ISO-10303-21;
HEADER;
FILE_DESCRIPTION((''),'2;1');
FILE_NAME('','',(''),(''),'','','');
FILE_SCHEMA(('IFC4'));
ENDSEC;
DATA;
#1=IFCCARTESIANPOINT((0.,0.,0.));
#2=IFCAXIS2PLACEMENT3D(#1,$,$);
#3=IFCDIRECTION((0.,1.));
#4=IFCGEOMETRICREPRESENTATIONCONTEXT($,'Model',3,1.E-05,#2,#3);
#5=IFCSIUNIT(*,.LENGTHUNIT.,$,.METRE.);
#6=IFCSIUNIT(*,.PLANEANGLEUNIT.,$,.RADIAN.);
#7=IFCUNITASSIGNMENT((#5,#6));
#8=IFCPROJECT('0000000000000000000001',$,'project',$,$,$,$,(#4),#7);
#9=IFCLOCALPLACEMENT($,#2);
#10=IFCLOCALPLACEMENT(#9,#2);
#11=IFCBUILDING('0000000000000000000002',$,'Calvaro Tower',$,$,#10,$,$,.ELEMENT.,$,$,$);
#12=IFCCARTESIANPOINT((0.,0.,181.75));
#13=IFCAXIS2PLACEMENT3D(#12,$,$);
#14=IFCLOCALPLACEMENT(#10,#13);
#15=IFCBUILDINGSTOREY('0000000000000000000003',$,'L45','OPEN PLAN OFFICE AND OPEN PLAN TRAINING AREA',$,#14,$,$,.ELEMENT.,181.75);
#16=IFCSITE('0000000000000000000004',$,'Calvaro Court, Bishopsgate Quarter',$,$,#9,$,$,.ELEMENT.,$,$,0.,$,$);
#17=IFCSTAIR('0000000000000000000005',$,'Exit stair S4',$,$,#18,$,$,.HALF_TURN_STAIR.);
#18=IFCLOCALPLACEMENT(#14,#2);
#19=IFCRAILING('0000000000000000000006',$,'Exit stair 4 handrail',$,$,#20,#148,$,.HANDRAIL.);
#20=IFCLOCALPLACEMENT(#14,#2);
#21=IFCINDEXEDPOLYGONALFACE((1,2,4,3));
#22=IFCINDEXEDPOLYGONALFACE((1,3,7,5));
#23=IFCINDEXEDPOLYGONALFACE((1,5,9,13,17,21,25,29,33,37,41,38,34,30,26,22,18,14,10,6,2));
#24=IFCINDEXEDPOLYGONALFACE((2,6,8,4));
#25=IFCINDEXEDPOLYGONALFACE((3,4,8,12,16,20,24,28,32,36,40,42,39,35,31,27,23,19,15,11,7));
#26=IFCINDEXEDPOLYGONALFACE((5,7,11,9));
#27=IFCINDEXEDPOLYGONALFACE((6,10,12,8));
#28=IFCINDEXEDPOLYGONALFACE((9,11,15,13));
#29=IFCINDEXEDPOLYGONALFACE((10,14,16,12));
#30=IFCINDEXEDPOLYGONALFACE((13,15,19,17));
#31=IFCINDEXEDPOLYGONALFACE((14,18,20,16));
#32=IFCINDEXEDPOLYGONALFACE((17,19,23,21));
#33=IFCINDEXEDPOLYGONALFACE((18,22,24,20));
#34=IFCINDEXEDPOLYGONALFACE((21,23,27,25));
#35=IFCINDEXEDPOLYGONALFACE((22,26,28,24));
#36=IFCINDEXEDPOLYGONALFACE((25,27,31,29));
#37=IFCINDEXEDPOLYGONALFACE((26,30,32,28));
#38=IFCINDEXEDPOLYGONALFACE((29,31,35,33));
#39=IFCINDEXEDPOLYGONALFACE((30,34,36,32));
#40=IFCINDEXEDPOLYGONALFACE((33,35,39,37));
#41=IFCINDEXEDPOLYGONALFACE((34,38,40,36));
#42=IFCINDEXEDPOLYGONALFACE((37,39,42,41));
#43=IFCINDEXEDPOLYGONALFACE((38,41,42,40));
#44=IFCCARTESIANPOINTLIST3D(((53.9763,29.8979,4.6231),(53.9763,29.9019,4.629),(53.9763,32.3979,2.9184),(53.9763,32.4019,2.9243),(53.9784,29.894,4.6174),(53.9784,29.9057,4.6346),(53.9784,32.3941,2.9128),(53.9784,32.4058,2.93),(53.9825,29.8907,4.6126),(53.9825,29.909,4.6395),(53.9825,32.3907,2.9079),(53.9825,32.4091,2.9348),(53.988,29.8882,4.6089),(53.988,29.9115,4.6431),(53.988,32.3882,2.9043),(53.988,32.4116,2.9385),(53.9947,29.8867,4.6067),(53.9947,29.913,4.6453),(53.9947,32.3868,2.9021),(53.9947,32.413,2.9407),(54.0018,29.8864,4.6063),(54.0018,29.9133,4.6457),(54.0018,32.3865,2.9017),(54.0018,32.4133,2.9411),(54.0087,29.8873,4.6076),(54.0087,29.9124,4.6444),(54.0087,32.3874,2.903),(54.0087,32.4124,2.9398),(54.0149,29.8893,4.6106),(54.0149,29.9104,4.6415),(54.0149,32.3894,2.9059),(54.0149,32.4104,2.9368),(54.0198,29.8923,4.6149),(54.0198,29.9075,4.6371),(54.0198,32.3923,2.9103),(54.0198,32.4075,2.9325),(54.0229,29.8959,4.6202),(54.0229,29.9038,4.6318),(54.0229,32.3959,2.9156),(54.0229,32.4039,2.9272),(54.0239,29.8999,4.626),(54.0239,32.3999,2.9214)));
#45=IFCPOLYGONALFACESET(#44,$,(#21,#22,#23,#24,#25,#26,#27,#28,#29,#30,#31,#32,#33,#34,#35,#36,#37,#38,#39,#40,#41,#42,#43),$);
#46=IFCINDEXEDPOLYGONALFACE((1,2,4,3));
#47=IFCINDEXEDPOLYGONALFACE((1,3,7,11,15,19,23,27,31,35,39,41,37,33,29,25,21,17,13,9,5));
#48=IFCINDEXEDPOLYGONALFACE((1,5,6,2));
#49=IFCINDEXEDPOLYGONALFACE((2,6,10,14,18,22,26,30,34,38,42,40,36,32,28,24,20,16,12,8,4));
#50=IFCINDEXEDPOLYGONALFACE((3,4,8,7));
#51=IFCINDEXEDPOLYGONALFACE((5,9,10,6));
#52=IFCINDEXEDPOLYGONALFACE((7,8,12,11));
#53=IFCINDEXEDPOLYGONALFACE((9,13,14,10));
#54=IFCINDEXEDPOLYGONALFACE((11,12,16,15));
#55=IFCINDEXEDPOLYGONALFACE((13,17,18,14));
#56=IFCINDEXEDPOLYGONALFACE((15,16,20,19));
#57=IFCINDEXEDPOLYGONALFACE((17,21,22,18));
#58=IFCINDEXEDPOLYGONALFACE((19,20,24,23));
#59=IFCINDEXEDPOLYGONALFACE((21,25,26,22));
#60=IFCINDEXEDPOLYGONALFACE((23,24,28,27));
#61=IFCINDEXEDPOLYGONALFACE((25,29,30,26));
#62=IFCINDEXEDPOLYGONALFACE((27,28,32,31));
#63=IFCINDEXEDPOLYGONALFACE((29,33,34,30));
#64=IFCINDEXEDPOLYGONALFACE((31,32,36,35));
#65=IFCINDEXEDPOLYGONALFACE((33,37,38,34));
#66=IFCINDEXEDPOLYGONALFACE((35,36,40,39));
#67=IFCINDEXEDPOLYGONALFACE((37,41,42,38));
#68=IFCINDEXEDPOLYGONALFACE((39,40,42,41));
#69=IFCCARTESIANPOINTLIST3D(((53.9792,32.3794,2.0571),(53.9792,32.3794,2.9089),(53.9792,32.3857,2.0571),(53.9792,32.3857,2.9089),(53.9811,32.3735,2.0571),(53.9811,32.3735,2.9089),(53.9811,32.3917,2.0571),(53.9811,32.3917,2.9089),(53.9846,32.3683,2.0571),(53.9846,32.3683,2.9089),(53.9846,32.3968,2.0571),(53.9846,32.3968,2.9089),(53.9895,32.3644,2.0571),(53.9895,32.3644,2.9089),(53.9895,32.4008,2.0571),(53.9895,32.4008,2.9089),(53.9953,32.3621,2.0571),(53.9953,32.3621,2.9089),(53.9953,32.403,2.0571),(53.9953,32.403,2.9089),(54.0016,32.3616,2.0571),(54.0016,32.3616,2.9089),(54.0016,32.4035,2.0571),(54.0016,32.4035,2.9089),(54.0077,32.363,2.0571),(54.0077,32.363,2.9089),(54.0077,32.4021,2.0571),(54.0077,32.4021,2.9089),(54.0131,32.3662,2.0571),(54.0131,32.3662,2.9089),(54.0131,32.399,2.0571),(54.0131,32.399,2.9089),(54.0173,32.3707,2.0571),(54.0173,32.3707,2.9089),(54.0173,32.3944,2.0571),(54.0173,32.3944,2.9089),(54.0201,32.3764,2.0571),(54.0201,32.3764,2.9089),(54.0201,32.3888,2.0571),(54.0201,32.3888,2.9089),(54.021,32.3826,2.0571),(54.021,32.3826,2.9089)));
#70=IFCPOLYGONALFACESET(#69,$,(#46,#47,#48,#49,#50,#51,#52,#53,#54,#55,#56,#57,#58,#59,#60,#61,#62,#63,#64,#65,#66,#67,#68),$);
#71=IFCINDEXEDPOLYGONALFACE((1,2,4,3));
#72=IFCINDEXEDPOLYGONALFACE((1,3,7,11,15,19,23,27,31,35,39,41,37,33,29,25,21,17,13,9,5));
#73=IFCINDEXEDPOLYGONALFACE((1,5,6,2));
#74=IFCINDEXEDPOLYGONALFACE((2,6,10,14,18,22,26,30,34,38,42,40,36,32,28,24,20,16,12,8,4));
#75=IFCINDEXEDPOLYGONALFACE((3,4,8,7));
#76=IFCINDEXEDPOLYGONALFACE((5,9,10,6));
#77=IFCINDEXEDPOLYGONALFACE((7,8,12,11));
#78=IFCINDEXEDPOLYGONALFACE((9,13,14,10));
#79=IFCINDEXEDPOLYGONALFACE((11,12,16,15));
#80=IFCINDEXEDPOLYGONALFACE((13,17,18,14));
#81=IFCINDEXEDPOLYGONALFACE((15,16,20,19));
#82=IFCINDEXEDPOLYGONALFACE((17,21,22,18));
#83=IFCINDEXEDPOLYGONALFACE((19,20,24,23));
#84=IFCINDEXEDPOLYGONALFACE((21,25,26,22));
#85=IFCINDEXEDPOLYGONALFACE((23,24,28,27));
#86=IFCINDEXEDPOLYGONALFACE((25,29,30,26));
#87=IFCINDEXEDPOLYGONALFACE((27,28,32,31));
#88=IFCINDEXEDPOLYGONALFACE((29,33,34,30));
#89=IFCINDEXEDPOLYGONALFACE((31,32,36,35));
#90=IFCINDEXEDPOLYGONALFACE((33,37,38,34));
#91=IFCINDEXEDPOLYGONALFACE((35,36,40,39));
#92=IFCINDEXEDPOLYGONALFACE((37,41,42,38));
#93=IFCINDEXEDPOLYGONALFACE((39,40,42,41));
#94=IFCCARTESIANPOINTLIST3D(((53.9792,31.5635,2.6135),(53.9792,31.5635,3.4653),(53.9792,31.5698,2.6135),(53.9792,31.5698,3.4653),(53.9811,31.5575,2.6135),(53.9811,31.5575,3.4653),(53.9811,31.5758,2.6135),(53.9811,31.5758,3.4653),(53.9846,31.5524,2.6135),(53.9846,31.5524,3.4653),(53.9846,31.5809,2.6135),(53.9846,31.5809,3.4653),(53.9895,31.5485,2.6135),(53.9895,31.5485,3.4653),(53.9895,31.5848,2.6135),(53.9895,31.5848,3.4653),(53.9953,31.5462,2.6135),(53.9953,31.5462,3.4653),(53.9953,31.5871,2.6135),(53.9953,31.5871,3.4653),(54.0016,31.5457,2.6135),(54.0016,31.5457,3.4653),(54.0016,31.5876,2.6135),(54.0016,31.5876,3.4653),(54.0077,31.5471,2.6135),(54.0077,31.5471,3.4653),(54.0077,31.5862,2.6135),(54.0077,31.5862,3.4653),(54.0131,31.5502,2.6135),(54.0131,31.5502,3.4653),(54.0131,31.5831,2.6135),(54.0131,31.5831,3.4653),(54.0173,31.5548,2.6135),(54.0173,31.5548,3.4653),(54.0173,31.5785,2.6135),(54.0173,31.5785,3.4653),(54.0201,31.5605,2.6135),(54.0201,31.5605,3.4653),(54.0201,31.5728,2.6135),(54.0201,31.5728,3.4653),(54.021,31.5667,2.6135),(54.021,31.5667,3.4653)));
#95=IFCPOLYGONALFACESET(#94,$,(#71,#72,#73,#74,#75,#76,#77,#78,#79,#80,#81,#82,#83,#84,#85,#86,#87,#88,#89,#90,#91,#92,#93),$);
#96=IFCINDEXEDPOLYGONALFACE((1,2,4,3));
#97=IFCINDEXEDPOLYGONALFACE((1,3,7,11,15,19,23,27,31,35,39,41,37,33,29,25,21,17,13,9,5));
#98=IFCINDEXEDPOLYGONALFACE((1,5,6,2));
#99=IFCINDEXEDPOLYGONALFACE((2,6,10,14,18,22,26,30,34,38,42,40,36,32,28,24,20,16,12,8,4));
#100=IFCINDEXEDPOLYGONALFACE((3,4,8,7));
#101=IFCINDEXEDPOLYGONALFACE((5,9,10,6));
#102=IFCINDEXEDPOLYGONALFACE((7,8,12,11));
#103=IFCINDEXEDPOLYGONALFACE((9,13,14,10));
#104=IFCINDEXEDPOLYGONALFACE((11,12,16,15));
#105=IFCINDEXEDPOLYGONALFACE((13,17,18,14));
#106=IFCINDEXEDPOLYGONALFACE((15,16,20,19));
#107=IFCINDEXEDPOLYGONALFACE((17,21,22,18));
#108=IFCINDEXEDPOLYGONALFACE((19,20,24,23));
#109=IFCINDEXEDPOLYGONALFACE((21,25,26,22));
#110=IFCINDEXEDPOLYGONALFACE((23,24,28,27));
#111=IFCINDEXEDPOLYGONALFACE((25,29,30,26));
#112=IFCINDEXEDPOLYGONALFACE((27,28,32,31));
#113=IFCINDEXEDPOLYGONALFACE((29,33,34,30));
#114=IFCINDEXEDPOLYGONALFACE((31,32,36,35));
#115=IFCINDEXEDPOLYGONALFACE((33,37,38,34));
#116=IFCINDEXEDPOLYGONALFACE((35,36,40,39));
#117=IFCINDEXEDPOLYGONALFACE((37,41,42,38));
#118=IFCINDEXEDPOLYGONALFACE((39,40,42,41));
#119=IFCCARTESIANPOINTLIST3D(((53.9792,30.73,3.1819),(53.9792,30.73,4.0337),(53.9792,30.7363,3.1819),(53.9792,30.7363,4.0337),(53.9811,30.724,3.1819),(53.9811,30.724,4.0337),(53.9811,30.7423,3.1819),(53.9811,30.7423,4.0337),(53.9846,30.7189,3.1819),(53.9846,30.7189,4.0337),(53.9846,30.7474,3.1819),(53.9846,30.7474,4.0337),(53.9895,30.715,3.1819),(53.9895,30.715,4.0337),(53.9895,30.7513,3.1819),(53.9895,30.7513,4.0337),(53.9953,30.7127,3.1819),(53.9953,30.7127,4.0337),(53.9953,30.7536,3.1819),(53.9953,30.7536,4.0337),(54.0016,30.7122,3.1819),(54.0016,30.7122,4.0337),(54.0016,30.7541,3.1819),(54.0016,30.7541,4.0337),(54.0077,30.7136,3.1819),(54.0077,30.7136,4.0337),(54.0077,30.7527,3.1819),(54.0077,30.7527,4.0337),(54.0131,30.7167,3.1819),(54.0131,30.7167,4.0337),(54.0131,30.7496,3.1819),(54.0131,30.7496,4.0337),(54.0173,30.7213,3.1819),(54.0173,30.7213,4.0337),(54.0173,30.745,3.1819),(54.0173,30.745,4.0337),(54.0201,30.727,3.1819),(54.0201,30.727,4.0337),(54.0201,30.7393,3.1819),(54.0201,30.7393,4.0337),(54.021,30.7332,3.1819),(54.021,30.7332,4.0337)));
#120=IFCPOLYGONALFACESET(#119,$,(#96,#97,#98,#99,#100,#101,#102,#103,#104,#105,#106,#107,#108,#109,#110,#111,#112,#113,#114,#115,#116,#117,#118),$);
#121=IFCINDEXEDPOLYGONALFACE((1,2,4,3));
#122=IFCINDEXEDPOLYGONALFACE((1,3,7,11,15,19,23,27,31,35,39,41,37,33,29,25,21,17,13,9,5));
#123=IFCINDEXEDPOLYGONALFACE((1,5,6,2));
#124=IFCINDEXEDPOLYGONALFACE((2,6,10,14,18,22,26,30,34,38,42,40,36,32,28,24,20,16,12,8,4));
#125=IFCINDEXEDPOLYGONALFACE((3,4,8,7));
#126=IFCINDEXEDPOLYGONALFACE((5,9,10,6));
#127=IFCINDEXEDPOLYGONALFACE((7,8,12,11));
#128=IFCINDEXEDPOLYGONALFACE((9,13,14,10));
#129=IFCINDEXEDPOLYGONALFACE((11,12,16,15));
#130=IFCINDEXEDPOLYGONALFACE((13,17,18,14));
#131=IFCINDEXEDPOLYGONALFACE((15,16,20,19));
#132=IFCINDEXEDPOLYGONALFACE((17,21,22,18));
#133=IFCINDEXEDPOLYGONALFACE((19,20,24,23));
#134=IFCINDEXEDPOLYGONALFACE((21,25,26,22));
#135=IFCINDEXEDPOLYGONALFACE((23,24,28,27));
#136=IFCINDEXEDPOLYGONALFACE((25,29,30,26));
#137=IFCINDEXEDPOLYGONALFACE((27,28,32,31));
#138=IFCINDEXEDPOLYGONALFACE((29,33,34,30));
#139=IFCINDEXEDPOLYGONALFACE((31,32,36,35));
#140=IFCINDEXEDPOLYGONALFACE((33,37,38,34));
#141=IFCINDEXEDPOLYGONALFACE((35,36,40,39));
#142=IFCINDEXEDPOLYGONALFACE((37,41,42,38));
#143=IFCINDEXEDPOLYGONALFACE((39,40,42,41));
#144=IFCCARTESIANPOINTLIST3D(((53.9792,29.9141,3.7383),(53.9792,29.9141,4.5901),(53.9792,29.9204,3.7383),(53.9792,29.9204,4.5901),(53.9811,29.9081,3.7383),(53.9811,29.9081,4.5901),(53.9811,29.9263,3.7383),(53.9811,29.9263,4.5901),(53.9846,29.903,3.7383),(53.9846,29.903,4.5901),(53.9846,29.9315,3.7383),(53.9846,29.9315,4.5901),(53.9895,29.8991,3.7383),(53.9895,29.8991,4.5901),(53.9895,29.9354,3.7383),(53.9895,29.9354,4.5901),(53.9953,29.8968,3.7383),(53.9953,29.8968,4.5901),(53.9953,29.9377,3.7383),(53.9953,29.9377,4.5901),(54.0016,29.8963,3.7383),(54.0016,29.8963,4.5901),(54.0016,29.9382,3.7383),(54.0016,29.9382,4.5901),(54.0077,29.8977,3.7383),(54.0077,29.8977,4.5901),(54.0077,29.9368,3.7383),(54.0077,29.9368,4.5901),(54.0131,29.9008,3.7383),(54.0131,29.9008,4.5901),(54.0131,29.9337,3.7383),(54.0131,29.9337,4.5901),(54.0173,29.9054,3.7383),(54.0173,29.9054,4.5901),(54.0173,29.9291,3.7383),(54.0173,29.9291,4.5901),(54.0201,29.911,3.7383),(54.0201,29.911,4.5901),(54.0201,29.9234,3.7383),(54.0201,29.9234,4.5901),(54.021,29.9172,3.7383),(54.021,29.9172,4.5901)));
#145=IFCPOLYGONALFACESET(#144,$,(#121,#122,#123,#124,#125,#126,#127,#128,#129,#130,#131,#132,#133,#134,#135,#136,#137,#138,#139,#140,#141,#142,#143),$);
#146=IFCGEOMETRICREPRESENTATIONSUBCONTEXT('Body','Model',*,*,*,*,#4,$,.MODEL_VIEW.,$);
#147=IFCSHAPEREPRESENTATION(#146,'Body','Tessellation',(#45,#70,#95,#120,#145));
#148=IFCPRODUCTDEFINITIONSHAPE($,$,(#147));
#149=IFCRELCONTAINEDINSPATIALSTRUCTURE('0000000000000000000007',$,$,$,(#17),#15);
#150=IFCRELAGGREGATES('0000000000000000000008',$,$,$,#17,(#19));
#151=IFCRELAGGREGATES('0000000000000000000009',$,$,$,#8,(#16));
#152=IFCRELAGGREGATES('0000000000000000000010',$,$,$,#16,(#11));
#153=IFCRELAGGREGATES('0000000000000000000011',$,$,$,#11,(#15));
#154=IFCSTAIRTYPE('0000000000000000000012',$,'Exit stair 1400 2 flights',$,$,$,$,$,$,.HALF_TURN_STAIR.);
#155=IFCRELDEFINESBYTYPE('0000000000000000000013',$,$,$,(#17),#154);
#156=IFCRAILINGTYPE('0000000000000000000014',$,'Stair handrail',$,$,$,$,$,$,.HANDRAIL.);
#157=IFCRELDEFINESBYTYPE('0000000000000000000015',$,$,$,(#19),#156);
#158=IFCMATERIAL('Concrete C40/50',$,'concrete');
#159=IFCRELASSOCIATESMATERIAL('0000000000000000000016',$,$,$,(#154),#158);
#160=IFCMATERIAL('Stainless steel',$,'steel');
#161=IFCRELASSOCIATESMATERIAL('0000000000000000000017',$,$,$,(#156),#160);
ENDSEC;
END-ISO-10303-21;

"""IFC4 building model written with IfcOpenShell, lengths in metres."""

from ifc_helpers import new_model, si_unit, direction, frame, origin, origin_2d, place, context, subcontext, project, spatial, circle, extrude, material, type_object, element, aggregate, save


model = new_model("IFC4")

# Units and contexts
model_context = context("Model", 3, precision=1e-05, world=origin(), true_north=direction((0.0, 1.0)))
body_context = subcontext(model_context, "Body", "Model", "MODEL_VIEW")
ifc_project = project(units=[si_unit("LENGTHUNIT", "METRE"), si_unit("PLANEANGLEUNIT", "RADIAN")], contexts=[model_context])

# Site, building, storey
site_placement = place(None, origin())
site = spatial("IfcSite", under=ifc_project, at=site_placement, Name="Calvaro Court, Bishopsgate Quarter", CompositionType="ELEMENT", RefElevation=0.0)
building_placement = place(site_placement, origin())
building = spatial("IfcBuilding", under=site, at=building_placement, Name="Calvaro Tower", CompositionType="ELEMENT")
storey_placement = place(building_placement, frame((0.0, 0.0, 181.75)))
storey = spatial("IfcBuildingStorey", under=building, at=storey_placement, Name="L45", Description="OPEN PLAN OFFICE AND OPEN PLAN TRAINING AREA", CompositionType="ELEMENT", Elevation=181.75)

# Stair
ifc_material_1 = material(Name="Concrete C40/50", Category="concrete")
stair_type = type_object("IfcStairType", Name="Exit stair 1400 2 flights", PredefinedType="HALF_TURN_STAIR", material=ifc_material_1)
stair_1_placement = place(storey_placement, origin())
stair_1 = element("IfcStair", 1, at=stair_1_placement, inside=storey, type_object=stair_type, Name="Exit stair S4", PredefinedType="HALF_TURN_STAIR")

# Railing
ifc_material_2 = material(Name="Stainless steel", Category="steel")
railing_type = type_object("IfcRailingType", Name="Stair handrail", PredefinedType="HANDRAIL", material=ifc_material_2)
railing_1_placement = place(storey_placement, frame((54.0, 32.3999, 2.0454)))
railing_1 = element("IfcRailing", 2, at=railing_1_placement, type_object=railing_type, Name="Exit stair 4 handrail", PredefinedType="HANDRAIL", context=body_context, shape_type="SweptSolid", body=[
    extrude(circle(Radius=0.0239, at=origin_2d()), frame((0.0, 0.0, 0.876), z_axis=(0.0, -0.826221, 0.563347), x_axis=(1.0, 0.0, 0.0)), (0.0, 0.0, 1.0), 3.0259),
    extrude(circle(Radius=0.021, at=origin_2d()), frame((0.0, -0.0173, 0.0117)), (0.0, 0.0, 1.0), 0.8518),
    extrude(circle(Radius=0.021, at=origin_2d()), frame((0.0, -0.8333, 0.5681)), (0.0, 0.0, 1.0), 0.8518),
    extrude(circle(Radius=0.021, at=origin_2d()), frame((0.0, -1.6667, 1.1365)), (0.0, 0.0, 1.0), 0.8518),
    extrude(circle(Radius=0.021, at=origin_2d()), frame((0.0, -2.4827, 1.6929)), (0.0, 0.0, 1.0), 0.8518),
])
aggregate(stair_1, [railing_1])

save(model, "model.ifc")
